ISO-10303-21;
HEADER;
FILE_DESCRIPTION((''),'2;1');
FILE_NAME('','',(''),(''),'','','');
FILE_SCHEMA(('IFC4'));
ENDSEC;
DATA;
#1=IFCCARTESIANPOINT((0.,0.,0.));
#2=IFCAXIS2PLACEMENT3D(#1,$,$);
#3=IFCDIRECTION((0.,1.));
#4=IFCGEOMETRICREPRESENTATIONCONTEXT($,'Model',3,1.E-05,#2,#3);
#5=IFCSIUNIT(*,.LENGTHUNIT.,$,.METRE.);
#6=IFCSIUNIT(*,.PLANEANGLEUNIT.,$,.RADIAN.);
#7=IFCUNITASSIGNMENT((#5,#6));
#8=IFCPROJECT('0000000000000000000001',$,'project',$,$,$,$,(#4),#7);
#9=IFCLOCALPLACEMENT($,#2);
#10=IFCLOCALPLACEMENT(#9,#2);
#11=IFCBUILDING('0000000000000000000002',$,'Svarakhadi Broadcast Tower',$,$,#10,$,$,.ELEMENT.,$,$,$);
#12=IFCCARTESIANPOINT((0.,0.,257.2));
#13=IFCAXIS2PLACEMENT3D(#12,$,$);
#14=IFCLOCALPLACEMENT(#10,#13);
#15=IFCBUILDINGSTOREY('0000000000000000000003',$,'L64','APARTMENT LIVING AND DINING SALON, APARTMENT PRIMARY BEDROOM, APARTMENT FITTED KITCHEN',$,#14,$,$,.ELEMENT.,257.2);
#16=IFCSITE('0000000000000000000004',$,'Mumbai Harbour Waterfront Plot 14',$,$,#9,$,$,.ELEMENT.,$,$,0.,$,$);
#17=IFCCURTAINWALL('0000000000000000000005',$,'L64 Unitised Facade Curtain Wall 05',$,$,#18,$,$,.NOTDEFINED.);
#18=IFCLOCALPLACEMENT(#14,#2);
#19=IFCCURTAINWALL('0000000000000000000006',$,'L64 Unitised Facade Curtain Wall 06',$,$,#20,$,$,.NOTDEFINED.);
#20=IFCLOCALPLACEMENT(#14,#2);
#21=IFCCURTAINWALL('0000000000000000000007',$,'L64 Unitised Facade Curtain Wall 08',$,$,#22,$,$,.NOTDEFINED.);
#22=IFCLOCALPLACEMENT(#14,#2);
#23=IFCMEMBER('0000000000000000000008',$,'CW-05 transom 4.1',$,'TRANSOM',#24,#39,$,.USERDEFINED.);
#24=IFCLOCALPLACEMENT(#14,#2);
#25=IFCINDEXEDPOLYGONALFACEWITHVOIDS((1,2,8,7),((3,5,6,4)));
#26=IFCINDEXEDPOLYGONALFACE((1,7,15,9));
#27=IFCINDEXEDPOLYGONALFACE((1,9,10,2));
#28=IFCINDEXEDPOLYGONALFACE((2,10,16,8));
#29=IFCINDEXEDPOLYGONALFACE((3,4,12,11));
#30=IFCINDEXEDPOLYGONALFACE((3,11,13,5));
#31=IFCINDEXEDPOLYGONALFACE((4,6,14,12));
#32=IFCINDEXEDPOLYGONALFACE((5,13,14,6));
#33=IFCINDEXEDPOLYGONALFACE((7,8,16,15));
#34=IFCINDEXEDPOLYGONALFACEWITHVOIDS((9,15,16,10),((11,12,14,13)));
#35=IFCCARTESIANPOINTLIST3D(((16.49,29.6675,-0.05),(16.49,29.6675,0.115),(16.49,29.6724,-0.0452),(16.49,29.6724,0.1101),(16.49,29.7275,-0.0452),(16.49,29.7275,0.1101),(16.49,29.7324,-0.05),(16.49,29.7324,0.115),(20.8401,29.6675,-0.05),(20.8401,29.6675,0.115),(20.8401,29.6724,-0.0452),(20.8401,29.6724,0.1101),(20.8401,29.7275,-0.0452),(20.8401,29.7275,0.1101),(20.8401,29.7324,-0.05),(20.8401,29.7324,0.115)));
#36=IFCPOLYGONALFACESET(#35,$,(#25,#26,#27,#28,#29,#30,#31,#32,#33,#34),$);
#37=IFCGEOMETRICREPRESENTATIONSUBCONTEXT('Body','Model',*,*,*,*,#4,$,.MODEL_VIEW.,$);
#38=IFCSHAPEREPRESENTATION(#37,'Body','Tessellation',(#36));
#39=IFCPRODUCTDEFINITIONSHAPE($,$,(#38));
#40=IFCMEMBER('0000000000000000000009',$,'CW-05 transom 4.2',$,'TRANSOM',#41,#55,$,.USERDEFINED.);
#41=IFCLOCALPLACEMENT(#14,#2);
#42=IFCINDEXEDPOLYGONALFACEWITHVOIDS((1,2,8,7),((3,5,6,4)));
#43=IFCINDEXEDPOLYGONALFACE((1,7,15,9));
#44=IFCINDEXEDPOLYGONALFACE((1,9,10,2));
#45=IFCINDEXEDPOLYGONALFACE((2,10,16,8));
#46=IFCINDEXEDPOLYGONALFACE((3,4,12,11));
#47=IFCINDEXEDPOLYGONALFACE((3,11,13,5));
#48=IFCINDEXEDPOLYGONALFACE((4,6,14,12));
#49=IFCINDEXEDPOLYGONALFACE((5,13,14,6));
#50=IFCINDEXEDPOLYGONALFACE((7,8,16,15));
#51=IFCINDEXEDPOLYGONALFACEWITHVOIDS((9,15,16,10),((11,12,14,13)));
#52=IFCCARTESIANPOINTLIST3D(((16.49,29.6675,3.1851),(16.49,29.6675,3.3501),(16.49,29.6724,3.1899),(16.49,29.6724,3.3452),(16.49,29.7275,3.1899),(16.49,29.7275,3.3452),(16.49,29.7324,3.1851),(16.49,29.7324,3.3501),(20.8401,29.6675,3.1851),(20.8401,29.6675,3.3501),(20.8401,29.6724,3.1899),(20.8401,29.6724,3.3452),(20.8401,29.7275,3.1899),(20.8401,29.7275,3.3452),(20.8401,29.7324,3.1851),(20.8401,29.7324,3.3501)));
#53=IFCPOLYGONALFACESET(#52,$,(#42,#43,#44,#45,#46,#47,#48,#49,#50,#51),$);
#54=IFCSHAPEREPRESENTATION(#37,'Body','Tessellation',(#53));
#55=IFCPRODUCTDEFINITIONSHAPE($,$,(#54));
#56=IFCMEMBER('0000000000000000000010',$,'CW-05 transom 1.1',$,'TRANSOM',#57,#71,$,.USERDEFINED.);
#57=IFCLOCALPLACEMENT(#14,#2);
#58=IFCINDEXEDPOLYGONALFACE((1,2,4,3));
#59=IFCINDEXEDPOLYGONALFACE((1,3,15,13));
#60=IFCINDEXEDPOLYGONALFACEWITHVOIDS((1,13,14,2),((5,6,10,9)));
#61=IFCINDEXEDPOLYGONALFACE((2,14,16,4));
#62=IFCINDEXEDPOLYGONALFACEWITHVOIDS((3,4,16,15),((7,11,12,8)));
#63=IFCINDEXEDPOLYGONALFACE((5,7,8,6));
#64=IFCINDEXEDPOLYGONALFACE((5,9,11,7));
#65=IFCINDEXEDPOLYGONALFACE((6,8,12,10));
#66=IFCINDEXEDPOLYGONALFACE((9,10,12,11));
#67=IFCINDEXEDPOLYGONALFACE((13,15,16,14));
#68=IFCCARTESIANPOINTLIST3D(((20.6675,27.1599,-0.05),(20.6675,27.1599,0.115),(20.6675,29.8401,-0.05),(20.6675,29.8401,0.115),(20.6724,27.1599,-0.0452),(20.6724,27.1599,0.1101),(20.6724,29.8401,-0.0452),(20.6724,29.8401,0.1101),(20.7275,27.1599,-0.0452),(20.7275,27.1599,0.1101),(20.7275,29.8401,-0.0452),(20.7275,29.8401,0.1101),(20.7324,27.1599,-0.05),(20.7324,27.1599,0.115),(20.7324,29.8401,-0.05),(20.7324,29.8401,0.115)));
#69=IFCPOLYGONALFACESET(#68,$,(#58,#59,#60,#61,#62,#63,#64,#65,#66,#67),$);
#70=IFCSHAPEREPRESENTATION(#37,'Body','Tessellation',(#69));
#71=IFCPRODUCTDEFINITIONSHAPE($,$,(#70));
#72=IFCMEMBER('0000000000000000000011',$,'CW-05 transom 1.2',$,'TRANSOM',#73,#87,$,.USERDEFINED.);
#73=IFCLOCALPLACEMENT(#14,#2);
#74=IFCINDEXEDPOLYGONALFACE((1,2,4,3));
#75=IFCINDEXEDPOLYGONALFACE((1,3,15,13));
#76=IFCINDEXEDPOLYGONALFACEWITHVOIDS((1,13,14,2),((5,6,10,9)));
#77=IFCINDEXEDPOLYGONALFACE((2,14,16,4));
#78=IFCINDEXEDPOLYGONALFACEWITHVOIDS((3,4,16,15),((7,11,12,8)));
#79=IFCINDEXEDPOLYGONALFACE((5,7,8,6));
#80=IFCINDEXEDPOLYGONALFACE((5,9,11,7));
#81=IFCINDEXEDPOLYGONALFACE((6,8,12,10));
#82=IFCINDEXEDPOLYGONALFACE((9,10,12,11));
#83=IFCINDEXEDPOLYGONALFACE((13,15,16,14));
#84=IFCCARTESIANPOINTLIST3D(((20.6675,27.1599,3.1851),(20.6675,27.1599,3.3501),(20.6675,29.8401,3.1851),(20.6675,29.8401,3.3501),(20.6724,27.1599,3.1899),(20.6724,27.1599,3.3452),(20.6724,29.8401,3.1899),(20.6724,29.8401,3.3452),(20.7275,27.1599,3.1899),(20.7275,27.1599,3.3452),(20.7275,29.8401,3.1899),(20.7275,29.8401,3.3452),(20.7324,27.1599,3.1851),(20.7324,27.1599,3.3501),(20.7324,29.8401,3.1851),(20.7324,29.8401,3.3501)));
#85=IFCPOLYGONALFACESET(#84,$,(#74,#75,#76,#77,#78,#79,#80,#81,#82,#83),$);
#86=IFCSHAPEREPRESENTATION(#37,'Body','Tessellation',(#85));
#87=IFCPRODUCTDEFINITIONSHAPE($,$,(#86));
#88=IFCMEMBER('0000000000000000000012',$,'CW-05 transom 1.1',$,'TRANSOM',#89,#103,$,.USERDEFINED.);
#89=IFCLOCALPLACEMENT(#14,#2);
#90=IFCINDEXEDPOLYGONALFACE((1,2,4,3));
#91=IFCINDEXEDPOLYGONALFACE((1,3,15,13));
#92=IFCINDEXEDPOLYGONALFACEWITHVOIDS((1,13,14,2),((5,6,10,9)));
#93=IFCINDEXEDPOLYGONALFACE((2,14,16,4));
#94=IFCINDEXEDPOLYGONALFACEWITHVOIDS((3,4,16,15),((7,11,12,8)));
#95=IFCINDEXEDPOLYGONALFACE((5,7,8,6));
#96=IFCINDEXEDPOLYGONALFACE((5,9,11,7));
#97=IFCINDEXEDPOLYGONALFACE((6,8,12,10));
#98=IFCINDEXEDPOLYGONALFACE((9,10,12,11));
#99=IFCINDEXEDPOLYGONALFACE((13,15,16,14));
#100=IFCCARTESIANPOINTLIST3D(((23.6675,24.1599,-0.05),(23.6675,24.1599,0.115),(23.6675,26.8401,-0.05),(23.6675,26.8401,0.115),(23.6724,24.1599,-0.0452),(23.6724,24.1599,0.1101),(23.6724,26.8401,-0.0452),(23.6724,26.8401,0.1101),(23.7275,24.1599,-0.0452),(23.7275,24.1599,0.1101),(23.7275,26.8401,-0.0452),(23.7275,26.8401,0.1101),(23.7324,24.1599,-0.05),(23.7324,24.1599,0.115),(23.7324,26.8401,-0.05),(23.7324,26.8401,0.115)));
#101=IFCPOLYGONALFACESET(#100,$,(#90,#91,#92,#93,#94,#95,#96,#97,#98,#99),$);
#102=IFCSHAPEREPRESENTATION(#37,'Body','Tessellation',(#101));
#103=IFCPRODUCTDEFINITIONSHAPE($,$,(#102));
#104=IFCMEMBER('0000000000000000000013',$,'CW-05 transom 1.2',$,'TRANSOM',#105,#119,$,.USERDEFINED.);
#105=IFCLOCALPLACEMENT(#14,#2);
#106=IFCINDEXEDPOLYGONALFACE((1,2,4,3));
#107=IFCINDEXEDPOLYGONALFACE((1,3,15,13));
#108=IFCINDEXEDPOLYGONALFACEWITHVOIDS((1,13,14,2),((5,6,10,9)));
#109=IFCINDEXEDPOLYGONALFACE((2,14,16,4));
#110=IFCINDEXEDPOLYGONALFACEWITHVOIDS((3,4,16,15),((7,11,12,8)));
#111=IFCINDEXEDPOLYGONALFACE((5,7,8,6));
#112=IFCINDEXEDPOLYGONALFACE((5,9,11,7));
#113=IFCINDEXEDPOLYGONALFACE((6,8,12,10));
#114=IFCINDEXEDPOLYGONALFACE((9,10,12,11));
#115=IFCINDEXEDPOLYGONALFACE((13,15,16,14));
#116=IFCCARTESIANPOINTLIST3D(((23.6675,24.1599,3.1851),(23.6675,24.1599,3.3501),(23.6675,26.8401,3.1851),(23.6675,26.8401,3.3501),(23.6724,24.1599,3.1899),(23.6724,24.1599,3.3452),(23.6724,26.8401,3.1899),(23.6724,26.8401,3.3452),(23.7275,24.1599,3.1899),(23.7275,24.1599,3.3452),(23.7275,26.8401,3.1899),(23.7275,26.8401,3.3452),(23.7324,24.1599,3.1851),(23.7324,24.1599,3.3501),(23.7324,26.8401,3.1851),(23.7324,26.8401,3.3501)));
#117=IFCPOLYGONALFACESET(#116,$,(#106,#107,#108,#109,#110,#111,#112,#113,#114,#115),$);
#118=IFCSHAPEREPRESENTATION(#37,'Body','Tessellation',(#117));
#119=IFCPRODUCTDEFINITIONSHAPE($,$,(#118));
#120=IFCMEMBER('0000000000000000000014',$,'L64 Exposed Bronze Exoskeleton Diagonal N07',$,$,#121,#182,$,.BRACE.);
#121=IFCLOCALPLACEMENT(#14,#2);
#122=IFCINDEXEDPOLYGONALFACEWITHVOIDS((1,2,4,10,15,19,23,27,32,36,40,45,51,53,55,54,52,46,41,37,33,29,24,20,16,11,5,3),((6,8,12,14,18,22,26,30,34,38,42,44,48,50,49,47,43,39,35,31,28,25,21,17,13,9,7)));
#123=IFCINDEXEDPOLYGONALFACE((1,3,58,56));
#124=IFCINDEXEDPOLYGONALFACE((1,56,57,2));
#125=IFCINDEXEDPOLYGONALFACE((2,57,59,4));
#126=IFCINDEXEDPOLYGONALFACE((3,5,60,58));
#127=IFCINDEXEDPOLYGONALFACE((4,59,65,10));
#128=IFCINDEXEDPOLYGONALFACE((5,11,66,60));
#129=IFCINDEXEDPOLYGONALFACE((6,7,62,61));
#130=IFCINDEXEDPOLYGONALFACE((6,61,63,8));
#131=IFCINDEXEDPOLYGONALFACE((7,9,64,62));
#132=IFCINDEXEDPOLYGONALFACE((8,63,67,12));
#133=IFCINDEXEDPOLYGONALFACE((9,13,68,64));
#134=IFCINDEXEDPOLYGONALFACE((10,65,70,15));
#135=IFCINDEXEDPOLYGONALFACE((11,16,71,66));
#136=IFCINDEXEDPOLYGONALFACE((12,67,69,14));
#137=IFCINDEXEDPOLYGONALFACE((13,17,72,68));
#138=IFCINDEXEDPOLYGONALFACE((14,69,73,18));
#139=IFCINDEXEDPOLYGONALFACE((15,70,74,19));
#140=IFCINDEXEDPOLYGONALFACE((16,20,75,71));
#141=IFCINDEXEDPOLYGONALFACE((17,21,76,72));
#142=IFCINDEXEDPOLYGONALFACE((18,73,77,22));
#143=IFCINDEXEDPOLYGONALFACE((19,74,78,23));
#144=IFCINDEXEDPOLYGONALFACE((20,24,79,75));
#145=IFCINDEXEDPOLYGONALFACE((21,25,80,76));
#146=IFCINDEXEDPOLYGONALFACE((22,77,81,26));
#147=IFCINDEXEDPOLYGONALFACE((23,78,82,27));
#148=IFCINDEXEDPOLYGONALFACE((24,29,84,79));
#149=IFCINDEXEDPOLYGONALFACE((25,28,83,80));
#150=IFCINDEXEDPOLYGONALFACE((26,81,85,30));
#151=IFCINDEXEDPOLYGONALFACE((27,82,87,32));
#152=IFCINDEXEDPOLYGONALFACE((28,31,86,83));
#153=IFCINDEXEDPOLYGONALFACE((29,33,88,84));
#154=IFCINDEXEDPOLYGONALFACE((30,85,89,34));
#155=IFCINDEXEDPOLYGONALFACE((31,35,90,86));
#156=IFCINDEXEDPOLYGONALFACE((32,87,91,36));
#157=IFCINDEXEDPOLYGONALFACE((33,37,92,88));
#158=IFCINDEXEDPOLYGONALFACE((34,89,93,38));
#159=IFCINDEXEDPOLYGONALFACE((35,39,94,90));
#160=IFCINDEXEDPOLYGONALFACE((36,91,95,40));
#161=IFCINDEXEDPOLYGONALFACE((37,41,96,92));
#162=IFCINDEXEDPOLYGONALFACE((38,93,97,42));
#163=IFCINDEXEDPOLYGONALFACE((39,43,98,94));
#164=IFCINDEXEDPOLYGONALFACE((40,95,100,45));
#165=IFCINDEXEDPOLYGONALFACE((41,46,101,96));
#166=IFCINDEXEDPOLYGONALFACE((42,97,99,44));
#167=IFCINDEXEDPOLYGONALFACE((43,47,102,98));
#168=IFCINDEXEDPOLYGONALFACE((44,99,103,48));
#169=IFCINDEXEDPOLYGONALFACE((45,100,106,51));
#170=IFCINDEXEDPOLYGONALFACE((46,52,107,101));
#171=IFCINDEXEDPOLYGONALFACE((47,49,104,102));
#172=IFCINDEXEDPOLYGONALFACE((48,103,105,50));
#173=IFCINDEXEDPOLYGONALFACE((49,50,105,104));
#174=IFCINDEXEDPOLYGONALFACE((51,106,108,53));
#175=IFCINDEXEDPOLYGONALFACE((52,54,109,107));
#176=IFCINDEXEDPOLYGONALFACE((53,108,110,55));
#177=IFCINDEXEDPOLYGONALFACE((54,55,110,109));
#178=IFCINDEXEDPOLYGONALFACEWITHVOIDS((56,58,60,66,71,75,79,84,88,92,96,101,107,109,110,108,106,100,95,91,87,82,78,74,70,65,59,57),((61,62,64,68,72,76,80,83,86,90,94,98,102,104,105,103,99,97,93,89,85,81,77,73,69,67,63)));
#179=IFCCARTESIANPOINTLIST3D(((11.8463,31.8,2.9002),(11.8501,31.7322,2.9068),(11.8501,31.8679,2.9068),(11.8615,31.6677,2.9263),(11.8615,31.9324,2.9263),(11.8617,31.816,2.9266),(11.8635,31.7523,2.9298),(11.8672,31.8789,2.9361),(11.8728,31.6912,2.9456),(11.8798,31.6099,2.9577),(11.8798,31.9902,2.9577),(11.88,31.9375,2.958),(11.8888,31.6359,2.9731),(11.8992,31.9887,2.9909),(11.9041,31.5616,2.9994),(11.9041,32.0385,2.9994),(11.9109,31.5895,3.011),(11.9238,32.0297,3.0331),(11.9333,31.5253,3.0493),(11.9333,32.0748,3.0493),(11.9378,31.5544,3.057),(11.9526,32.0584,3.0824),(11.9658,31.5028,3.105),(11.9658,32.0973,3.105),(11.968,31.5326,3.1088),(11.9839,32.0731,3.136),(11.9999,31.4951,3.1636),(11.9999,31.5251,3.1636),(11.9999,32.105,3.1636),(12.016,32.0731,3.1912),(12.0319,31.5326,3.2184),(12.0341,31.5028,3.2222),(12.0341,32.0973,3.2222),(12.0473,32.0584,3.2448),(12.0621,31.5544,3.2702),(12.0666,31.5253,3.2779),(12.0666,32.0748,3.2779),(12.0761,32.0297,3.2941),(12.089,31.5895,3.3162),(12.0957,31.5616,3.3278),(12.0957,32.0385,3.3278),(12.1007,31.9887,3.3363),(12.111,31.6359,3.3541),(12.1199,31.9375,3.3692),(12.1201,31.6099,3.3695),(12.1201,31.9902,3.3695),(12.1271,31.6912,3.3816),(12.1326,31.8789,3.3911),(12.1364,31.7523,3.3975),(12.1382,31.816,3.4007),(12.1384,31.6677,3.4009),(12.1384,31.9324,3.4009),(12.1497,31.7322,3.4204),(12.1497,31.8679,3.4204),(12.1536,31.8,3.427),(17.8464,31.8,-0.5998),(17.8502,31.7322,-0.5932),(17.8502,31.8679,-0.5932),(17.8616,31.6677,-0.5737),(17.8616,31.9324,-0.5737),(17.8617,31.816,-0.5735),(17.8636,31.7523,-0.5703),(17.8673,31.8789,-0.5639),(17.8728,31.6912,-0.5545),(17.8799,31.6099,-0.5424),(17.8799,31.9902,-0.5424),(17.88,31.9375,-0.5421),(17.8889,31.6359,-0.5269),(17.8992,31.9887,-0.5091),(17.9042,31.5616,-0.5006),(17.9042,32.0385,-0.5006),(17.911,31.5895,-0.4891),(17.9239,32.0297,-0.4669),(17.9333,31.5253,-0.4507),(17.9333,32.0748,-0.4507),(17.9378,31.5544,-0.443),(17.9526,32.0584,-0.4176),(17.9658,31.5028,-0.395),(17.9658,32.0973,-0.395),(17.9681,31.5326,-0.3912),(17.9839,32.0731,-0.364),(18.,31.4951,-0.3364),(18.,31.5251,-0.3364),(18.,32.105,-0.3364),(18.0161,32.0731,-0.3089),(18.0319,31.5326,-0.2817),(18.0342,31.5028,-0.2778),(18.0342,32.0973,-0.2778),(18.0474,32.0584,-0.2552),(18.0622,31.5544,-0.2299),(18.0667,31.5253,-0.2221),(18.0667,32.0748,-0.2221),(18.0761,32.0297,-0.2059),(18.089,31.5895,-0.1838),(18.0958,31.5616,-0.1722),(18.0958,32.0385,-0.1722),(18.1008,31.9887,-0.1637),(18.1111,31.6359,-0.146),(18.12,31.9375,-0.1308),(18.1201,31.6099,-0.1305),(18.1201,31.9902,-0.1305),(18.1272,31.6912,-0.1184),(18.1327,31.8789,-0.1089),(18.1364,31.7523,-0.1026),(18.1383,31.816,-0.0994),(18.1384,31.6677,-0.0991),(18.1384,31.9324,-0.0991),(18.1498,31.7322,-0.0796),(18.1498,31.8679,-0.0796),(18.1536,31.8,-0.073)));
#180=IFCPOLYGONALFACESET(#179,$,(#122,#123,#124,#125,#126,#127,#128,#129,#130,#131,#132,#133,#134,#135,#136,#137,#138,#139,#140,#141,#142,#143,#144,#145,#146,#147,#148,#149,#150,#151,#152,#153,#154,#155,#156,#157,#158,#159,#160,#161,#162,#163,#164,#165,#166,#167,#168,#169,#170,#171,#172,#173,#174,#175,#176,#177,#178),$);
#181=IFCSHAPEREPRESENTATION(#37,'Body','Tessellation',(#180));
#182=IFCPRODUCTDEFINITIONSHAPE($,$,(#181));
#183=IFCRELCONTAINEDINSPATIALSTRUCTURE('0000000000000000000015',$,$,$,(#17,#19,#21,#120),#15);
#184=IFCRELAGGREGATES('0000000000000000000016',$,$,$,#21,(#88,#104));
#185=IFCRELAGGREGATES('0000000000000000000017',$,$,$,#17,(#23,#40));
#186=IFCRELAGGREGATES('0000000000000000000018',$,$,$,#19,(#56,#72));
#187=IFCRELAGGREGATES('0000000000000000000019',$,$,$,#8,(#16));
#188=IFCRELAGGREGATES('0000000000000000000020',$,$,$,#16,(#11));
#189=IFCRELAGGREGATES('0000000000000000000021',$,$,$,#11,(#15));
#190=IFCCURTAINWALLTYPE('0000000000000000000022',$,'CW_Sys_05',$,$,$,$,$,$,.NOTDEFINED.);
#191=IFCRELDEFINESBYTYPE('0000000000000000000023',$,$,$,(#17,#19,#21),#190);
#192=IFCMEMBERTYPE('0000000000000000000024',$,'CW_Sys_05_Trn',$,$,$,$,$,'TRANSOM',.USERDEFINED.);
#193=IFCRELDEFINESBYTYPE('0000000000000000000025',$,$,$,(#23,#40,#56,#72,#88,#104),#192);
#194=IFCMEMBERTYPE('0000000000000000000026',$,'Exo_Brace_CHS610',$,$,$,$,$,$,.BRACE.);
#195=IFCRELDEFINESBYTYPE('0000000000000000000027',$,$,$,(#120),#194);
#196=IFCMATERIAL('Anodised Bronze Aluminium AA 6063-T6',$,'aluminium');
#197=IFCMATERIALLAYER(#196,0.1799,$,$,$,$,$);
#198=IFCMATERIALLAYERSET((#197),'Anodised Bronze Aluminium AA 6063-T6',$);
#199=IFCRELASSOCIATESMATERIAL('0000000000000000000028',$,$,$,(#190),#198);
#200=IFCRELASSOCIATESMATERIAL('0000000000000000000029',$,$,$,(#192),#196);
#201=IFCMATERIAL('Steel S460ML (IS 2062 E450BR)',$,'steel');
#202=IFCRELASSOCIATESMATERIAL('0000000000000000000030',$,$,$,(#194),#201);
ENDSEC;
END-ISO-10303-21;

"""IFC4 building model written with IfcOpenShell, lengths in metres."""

from ifc_helpers import new_model, si_unit, direction, frame, origin, origin_2d, place, context, subcontext, project, spatial, hollow_rectangle, hollow_circle, extrude, material, layer, layer_set, material_profile, profile_set, type_object, element, aggregate, save


model = new_model("IFC4")

# Units and contexts
model_context = context("Model", 3, precision=1e-05, world=origin(), true_north=direction((0.0, 1.0)))
body_context = subcontext(model_context, "Body", "Model", "MODEL_VIEW")
ifc_project = project(units=[si_unit("LENGTHUNIT", "METRE"), si_unit("PLANEANGLEUNIT", "RADIAN")], contexts=[model_context])

# Site, building, storey
site_placement = place(None, origin())
site = spatial("IfcSite", under=ifc_project, at=site_placement, Name="Mumbai Harbour Waterfront Plot 14", CompositionType="ELEMENT", RefElevation=0.0)
building_placement = place(site_placement, origin())
building = spatial("IfcBuilding", under=site, at=building_placement, Name="Svarakhadi Broadcast Tower", CompositionType="ELEMENT")
storey_placement = place(building_placement, frame((0.0, 0.0, 257.2)))
storey = spatial("IfcBuildingStorey", under=building, at=storey_placement, Name="L64", Description="APARTMENT LIVING AND DINING SALON, APARTMENT PRIMARY BEDROOM, APARTMENT FITTED KITCHEN", CompositionType="ELEMENT", Elevation=257.2)

# Shared definitions
ifc_material_1 = material(Name="Steel S460ML (IS 2062 E450BR)", Category="steel")

# Curtain walls
ifc_material_2 = material(Name="Anodised Bronze Aluminium AA 6063-T6", Category="aluminium")
ifc_layer_1 = layer(ifc_material_2, 0.1799)
ifc_layer_set_1 = layer_set([ifc_layer_1], Name="Anodised Bronze Aluminium AA 6063-T6")
curtain_wall_type = type_object("IfcCurtainWallType", Name="CW_Sys_05", PredefinedType="NOTDEFINED", material=ifc_layer_set_1)
curtain_wall_1_placement = place(storey_placement, origin())
curtain_wall_1 = element("IfcCurtainWall", 1, at=curtain_wall_1_placement, inside=storey, type_object=curtain_wall_type, Name="L64 Unitised Facade Curtain Wall 05", PredefinedType="NOTDEFINED")
curtain_wall_2_placement = place(storey_placement, origin())
curtain_wall_2 = element("IfcCurtainWall", 2, at=curtain_wall_2_placement, inside=storey, type_object=curtain_wall_type, Name="L64 Unitised Facade Curtain Wall 06", PredefinedType="NOTDEFINED")

# Curtain wall
curtain_wall_3_placement = place(storey_placement, origin())
curtain_wall_3 = element("IfcCurtainWall", 3, at=curtain_wall_3_placement, inside=storey, type_object=curtain_wall_type, Name="L64 Unitised Facade Curtain Wall 08", PredefinedType="NOTDEFINED")

# Members
ifc_material_profile_1 = material_profile(ifc_material_2, hollow_rectangle(XDim=0.0649, YDim=0.165, WallThickness=0.0049, at=origin_2d()), Name="ALU TRANSOM 165x65x5")
ifc_profile_set_1 = profile_set([ifc_material_profile_1], Name="Anodised Bronze Aluminium AA 6063-T6")
member_type_1 = type_object("IfcMemberType", Name="CW_Sys_05_Trn", ElementType="TRANSOM", PredefinedType="USERDEFINED", material=ifc_profile_set_1)
member_1_placement = place(storey_placement, frame((16.49, 29.7, 0.0325), z_axis=(1.0, 0.0, 0.0), x_axis=(0.0, 1.0, 0.0)))
member_1 = element("IfcMember", 4, at=member_1_placement, type_object=member_type_1, Name="CW-05 transom 4.1", ObjectType="TRANSOM", PredefinedType="USERDEFINED", context=body_context, shape_type="SweptSolid", body=[
    extrude(hollow_rectangle(XDim=0.0649, YDim=0.165, WallThickness=0.0049, at=origin_2d()), origin(), (0.0, 0.0, 1.0), 4.3501),
])
member_2_placement = place(storey_placement, frame((16.49, 29.7, 3.2676), z_axis=(1.0, 0.0, 0.0), x_axis=(0.0, 1.0, 0.0)))
member_2 = element("IfcMember", 5, at=member_2_placement, type_object=member_type_1, Name="CW-05 transom 4.2", ObjectType="TRANSOM", PredefinedType="USERDEFINED", context=body_context, shape_type="SweptSolid", body=[
    extrude(hollow_rectangle(XDim=0.0649, YDim=0.165, WallThickness=0.0049, at=origin_2d()), origin(), (0.0, 0.0, 1.0), 4.3501),
])
member_3_placement = place(storey_placement, frame((20.7, 29.8401, 0.0325), z_axis=(0.0, -1.0, 0.0), x_axis=(1.0, 0.0, 0.0)))
member_3 = element("IfcMember", 6, at=member_3_placement, type_object=member_type_1, Name="CW-05 transom 1.1", ObjectType="TRANSOM", PredefinedType="USERDEFINED", context=body_context, shape_type="SweptSolid", body=[
    extrude(hollow_rectangle(XDim=0.0649, YDim=0.165, WallThickness=0.0049, at=origin_2d()), origin(), (0.0, 0.0, 1.0), 2.6802),
])
member_4_placement = place(storey_placement, frame((20.7, 29.8401, 3.2676), z_axis=(0.0, -1.0, 0.0), x_axis=(1.0, 0.0, 0.0)))
member_4 = element("IfcMember", 7, at=member_4_placement, type_object=member_type_1, Name="CW-05 transom 1.2", ObjectType="TRANSOM", PredefinedType="USERDEFINED", context=body_context, shape_type="SweptSolid", body=[
    extrude(hollow_rectangle(XDim=0.0649, YDim=0.165, WallThickness=0.0049, at=origin_2d()), origin(), (0.0, 0.0, 1.0), 2.6802),
])
member_5_placement = place(storey_placement, frame((23.7, 26.8401, 0.0325), z_axis=(0.0, -1.0, 0.0), x_axis=(1.0, 0.0, 0.0)))
member_5 = element("IfcMember", 8, at=member_5_placement, type_object=member_type_1, Name="CW-05 transom 1.1", ObjectType="TRANSOM", PredefinedType="USERDEFINED", context=body_context, shape_type="SweptSolid", body=[
    extrude(hollow_rectangle(XDim=0.0649, YDim=0.165, WallThickness=0.0049, at=origin_2d()), origin(), (0.0, 0.0, 1.0), 2.6802),
])
member_6_placement = place(storey_placement, frame((23.7, 26.8401, 3.2676), z_axis=(0.0, -1.0, 0.0), x_axis=(1.0, 0.0, 0.0)))
member_6 = element("IfcMember", 9, at=member_6_placement, type_object=member_type_1, Name="CW-05 transom 1.2", ObjectType="TRANSOM", PredefinedType="USERDEFINED", context=body_context, shape_type="SweptSolid", body=[
    extrude(hollow_rectangle(XDim=0.0649, YDim=0.165, WallThickness=0.0049, at=origin_2d()), origin(), (0.0, 0.0, 1.0), 2.6802),
])
aggregate(curtain_wall_3, [member_5, member_6])

# Member
ifc_material_profile_2 = material_profile(ifc_material_1, hollow_circle(Radius=0.3049, WallThickness=0.03, at=origin_2d()), Name="CHS 610x30")
ifc_profile_set_2 = profile_set([ifc_material_profile_2], Name="Steel S460ML (IS 2062 E450BR)")
member_type_2 = type_object("IfcMemberType", Name="Exo_Brace_CHS610", PredefinedType="BRACE", material=ifc_profile_set_2)
member_7_placement = place(storey_placement, frame((18.0, 31.8, -0.3364), z_axis=(-0.863779, 0.0, 0.503871), x_axis=(0.0, -1.0, 0.0)))
element("IfcMember", 10, at=member_7_placement, inside=storey, type_object=member_type_2, Name="L64 Exposed Bronze Exoskeleton Diagonal N07", PredefinedType="BRACE", context=body_context, shape_type="SweptSolid", body=[
    extrude(hollow_circle(Radius=0.3049, WallThickness=0.03, at=origin_2d()), origin(), (0.0, 0.0, 1.0), 6.9463),
])

aggregate(curtain_wall_1, [member_1, member_2])
aggregate(curtain_wall_2, [member_3, member_4])

save(model, "model.ifc")
